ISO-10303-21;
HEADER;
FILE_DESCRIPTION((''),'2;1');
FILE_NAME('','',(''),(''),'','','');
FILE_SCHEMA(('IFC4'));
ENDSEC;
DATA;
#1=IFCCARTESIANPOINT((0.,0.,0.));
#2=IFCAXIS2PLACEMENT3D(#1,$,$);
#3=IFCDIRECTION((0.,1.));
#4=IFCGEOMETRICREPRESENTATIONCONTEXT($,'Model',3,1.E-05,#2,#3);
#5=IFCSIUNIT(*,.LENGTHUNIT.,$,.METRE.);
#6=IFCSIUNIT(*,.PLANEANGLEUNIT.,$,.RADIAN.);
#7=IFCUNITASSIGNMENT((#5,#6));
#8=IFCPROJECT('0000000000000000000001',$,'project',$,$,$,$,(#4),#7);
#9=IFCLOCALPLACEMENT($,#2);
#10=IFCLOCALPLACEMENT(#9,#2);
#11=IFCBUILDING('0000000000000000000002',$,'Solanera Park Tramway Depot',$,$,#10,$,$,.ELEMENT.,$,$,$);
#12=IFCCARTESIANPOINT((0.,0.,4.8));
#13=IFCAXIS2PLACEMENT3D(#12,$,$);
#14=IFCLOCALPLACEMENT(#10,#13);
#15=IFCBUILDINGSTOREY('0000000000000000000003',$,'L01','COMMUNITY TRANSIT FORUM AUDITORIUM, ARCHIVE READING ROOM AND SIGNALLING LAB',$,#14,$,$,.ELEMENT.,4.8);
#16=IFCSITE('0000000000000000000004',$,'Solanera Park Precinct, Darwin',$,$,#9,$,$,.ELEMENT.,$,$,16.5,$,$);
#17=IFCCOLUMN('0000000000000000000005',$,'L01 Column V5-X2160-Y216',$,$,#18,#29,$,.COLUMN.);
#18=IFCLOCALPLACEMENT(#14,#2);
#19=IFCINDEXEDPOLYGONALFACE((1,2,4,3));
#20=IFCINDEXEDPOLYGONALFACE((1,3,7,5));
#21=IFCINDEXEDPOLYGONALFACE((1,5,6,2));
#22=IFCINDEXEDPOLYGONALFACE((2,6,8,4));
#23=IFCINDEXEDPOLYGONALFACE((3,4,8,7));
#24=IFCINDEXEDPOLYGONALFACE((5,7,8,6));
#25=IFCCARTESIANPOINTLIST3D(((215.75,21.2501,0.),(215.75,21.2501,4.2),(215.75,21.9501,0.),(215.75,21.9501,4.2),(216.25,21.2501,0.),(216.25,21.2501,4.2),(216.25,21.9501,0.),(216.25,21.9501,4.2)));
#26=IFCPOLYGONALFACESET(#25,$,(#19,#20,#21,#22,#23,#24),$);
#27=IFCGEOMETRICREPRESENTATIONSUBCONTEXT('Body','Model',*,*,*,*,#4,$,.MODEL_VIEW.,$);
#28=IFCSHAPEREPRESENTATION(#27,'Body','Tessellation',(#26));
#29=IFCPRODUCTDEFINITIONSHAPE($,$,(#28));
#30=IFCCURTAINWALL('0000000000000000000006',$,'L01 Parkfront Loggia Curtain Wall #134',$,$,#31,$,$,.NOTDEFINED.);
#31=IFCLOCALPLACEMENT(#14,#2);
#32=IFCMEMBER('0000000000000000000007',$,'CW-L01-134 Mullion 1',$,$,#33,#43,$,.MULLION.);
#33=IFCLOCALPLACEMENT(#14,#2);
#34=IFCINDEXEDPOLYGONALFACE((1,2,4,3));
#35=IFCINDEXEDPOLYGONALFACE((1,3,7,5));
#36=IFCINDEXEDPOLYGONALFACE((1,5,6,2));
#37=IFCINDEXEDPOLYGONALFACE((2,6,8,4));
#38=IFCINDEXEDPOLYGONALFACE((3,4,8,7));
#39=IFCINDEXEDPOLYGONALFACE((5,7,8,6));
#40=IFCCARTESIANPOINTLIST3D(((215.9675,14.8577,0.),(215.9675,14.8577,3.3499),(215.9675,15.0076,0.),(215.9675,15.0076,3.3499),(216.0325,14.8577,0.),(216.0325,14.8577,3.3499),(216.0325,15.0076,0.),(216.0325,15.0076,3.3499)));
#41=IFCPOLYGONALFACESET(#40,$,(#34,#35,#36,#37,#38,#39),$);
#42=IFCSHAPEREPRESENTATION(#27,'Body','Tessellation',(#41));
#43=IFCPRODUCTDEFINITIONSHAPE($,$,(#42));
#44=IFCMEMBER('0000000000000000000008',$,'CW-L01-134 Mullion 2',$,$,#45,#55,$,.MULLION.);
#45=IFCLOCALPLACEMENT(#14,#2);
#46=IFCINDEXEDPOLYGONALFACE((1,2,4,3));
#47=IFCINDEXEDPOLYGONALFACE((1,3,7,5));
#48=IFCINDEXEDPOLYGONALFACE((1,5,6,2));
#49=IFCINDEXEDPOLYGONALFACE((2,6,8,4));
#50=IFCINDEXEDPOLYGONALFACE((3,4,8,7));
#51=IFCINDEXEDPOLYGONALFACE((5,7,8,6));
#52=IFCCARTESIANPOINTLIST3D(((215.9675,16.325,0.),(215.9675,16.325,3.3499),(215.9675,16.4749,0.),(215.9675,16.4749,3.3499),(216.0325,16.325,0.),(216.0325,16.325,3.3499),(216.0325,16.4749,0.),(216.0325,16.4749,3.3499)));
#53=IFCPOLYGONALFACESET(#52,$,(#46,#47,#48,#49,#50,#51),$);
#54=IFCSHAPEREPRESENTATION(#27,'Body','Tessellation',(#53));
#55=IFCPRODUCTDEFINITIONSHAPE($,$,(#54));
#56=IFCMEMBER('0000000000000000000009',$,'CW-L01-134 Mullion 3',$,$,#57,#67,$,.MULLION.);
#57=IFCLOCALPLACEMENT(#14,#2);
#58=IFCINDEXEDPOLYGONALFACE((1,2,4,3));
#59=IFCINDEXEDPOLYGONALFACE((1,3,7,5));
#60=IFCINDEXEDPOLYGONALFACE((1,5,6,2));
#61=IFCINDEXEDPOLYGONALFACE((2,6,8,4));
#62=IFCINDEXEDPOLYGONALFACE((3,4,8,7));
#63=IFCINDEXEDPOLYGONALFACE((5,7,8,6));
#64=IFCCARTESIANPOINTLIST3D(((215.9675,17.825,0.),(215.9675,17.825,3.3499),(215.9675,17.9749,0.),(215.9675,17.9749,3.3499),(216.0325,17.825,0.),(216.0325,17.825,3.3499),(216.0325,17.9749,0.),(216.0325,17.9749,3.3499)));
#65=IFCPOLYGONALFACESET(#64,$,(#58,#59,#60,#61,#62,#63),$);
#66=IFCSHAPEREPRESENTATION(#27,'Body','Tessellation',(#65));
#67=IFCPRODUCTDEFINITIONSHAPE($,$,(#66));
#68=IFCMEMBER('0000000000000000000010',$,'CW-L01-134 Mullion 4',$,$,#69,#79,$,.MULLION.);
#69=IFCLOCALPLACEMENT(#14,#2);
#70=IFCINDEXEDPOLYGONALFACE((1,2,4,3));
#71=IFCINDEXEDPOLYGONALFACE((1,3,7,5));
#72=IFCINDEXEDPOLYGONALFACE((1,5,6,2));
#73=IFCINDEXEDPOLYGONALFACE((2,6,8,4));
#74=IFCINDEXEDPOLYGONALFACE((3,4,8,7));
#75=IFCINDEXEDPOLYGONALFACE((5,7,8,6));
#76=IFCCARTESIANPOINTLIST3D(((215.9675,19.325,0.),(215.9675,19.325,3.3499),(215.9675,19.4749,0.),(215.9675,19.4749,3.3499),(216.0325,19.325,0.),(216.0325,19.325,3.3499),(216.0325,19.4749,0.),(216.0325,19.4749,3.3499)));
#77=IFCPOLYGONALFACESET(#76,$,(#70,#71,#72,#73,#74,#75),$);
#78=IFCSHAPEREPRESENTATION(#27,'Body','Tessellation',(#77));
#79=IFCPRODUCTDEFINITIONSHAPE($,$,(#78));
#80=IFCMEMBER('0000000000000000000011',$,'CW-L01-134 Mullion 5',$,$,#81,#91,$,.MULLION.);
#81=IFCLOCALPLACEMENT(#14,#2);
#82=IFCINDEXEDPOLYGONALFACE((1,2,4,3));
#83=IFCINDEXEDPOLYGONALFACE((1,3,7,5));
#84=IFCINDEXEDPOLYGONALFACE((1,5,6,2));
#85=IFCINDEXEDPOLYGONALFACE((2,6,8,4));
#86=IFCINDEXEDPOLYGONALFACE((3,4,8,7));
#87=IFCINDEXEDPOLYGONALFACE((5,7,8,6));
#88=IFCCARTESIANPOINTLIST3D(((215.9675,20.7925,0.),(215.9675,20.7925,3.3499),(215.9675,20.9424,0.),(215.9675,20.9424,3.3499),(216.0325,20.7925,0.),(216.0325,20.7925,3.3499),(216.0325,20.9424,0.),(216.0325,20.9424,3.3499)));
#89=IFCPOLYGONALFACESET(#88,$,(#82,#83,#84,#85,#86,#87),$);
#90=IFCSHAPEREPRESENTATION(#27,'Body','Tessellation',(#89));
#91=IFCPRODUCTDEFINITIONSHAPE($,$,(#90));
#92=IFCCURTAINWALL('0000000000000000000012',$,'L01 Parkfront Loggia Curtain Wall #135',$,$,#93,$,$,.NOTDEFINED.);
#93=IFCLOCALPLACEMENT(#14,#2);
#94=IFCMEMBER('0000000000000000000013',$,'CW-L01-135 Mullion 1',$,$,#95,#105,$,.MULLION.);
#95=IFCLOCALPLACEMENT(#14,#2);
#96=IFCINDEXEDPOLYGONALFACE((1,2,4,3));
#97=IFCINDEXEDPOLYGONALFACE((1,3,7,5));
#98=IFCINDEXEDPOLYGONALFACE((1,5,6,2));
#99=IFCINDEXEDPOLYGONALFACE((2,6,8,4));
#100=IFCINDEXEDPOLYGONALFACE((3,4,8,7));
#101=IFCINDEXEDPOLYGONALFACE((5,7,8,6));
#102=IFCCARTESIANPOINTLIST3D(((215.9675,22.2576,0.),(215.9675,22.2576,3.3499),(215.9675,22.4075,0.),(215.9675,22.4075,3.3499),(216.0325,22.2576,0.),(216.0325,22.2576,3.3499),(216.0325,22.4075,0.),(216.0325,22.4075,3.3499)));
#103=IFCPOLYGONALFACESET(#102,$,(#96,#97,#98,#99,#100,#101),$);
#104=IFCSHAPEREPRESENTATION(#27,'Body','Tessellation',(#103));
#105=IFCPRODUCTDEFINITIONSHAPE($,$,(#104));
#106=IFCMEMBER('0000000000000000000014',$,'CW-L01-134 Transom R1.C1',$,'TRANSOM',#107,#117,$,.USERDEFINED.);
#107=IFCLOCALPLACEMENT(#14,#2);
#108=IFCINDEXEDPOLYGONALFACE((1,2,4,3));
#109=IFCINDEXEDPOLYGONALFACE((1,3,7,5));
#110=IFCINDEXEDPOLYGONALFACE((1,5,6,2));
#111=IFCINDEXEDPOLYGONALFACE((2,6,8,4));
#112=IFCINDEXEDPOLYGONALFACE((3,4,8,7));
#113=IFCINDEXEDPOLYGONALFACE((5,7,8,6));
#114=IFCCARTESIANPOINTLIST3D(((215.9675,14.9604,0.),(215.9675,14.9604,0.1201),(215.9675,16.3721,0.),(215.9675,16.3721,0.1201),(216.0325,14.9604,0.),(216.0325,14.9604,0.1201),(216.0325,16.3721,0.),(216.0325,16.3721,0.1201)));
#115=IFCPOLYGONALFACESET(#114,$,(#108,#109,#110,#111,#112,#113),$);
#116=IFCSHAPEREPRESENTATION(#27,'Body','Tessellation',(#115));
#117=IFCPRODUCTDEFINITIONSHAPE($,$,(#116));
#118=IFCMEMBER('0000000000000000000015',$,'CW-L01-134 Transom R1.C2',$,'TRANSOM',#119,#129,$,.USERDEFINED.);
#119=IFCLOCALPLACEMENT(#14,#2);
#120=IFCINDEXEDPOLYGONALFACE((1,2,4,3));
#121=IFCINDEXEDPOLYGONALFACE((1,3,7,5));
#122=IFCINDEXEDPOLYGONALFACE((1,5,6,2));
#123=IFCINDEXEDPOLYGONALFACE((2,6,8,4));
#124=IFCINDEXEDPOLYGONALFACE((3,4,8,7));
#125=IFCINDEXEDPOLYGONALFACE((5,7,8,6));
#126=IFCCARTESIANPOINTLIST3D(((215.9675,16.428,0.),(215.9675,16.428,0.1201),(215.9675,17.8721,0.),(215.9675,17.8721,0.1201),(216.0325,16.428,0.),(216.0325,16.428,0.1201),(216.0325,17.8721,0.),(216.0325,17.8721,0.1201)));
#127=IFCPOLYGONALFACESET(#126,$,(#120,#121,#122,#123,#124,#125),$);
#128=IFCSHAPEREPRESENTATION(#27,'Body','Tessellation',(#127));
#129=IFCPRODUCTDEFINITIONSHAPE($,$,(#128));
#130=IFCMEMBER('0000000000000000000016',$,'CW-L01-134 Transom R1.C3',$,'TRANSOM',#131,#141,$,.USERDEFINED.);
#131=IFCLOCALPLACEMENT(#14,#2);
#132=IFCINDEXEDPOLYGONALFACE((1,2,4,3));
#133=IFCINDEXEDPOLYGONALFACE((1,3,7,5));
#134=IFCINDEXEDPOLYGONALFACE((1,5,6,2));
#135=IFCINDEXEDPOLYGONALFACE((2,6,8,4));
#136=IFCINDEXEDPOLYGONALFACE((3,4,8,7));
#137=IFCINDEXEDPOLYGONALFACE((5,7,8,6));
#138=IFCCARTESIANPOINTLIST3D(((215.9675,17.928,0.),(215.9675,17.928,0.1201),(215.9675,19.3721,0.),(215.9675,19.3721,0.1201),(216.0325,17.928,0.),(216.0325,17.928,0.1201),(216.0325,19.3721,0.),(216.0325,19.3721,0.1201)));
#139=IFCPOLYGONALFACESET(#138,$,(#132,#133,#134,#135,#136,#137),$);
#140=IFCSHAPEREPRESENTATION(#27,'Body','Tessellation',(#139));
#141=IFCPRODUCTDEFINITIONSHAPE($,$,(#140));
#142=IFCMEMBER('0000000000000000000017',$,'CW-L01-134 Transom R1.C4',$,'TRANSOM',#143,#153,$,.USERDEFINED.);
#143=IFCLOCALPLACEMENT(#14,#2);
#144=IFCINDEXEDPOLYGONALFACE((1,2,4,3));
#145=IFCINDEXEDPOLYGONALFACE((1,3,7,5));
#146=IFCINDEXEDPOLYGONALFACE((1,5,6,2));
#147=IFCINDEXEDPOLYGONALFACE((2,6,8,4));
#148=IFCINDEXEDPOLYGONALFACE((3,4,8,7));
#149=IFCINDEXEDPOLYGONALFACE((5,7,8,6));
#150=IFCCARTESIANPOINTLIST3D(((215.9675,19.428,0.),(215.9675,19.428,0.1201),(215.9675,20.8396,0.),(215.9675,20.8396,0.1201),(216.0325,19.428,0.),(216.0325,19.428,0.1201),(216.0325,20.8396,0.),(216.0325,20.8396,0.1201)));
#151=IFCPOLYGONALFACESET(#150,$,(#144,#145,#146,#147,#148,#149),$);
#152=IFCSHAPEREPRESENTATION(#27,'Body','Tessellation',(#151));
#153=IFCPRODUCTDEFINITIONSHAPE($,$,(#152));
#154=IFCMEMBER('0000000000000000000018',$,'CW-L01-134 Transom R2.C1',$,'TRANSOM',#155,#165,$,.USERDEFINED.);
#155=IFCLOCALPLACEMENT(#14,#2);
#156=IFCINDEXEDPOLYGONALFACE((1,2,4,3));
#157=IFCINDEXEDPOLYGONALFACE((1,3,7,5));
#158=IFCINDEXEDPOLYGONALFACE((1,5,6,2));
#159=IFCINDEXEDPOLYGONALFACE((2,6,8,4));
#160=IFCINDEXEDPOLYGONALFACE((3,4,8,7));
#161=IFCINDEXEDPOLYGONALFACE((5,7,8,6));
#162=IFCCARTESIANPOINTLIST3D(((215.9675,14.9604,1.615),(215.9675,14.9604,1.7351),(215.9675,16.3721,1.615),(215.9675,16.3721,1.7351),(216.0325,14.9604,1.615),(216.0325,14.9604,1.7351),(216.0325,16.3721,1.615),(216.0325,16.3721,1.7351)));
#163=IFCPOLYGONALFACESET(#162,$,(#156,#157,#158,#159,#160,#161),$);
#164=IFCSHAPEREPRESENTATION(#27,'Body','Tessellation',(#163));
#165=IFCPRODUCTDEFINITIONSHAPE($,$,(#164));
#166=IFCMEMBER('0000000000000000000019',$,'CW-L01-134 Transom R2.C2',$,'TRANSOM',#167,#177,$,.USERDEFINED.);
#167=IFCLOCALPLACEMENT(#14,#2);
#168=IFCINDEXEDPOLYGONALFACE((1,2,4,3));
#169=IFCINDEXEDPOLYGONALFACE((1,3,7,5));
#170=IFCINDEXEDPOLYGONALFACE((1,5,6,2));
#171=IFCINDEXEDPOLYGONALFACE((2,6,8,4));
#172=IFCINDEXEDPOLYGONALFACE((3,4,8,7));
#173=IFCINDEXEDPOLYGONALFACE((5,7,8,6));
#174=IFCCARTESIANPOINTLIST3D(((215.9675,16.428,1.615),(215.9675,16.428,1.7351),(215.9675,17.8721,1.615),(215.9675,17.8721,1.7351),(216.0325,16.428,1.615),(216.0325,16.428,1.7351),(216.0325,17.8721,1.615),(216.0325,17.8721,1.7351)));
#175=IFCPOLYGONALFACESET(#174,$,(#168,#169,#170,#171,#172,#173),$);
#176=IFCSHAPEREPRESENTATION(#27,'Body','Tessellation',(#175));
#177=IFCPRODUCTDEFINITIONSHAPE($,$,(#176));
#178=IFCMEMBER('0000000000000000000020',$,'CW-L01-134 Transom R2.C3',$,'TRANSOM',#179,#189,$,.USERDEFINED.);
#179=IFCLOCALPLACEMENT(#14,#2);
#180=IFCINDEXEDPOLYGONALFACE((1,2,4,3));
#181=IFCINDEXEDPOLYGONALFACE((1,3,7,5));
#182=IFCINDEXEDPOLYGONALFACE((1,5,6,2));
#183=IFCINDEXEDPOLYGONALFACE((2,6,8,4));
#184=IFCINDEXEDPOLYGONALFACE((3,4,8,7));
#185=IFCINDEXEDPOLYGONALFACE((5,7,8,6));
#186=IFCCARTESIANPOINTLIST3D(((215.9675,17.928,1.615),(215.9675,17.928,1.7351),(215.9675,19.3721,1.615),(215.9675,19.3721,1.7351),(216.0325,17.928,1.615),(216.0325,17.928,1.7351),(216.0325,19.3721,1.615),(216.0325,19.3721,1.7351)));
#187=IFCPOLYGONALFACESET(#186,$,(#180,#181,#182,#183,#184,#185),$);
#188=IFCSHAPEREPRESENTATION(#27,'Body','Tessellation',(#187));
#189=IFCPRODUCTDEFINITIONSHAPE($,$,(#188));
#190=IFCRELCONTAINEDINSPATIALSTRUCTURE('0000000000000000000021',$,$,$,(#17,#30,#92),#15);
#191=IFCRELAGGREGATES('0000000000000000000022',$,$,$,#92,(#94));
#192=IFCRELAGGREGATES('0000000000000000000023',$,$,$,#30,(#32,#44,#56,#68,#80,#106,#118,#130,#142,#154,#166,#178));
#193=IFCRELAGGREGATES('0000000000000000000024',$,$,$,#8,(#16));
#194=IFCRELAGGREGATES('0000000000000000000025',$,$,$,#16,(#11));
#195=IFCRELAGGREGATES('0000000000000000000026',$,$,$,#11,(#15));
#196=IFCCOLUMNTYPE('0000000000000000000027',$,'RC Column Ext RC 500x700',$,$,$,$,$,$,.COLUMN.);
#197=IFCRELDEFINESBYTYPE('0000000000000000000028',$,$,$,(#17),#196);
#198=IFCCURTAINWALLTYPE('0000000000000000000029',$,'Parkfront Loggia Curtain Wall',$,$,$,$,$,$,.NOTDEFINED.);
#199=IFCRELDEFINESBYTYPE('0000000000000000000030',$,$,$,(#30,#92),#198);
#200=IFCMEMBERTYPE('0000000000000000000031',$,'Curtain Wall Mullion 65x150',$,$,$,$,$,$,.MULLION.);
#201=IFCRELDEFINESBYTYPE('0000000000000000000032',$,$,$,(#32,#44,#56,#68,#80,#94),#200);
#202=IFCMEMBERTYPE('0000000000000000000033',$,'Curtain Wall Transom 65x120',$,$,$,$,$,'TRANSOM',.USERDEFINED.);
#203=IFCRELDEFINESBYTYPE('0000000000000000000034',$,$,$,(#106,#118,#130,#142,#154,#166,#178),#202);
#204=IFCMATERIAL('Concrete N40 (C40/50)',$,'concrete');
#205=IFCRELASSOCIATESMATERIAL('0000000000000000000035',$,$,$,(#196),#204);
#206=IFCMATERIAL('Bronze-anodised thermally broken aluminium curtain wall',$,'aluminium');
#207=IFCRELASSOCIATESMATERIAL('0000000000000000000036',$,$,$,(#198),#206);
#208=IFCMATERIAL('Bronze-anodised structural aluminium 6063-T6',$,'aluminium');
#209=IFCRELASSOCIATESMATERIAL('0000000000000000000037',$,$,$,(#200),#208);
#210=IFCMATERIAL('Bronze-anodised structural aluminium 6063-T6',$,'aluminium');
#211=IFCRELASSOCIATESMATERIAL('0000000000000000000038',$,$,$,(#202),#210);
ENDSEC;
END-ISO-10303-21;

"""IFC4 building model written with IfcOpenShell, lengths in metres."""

from ifc_helpers import new_model, si_unit, direction, frame, origin, origin_2d, place, context, subcontext, project, spatial, rectangle, extrude, material, material_profile, profile_set, type_object, element, aggregate, save


model = new_model("IFC4")

# Units and contexts
model_context = context("Model", 3, precision=1e-05, world=origin(), true_north=direction((0.0, 1.0)))
body_context = subcontext(model_context, "Body", "Model", "MODEL_VIEW")
ifc_project = project(units=[si_unit("LENGTHUNIT", "METRE"), si_unit("PLANEANGLEUNIT", "RADIAN")], contexts=[model_context])

# Site, building, storey
site_placement = place(None, origin())
site = spatial("IfcSite", under=ifc_project, at=site_placement, Name="Solanera Park Precinct, Darwin", CompositionType="ELEMENT", RefElevation=16.5)
building_placement = place(site_placement, origin())
building = spatial("IfcBuilding", under=site, at=building_placement, Name="Solanera Park Tramway Depot", CompositionType="ELEMENT")
storey_placement = place(building_placement, frame((0.0, 0.0, 4.8)))
storey = spatial("IfcBuildingStorey", under=building, at=storey_placement, Name="L01", Description="COMMUNITY TRANSIT FORUM AUDITORIUM, ARCHIVE READING ROOM AND SIGNALLING LAB", CompositionType="ELEMENT", Elevation=4.8)

# Column
ifc_material_1 = material(Name="Concrete N40 (C40/50)", Category="concrete")
ifc_material_profile_1 = material_profile(ifc_material_1, rectangle(XDim=0.5, YDim=0.7, at=origin_2d()), Name="RC 500x700")
ifc_profile_set_1 = profile_set([ifc_material_profile_1], Name="Concrete N40 (C40/50)")
column_type = type_object("IfcColumnType", Name="RC Column Ext RC 500x700", PredefinedType="COLUMN", material=ifc_profile_set_1)
column_placement = place(storey_placement, frame((216.0, 21.6001, 0.0), z_axis=(0.0, 0.0, 1.0), x_axis=(1.0, 0.0, 0.0)))
element("IfcColumn", 1, at=column_placement, inside=storey, type_object=column_type, Name="L01 Column V5-X2160-Y216", PredefinedType="COLUMN", context=body_context, shape_type="SweptSolid", body=[
    extrude(rectangle(XDim=0.5, YDim=0.7, at=origin_2d()), origin(), (0.0, 0.0, 1.0), 4.2),
])

# Curtain wall, members
ifc_material_2 = material(Name="Bronze-anodised thermally broken aluminium curtain wall", Category="aluminium")
curtain_wall_type = type_object("IfcCurtainWallType", Name="Parkfront Loggia Curtain Wall", PredefinedType="NOTDEFINED", material=ifc_material_2)
curtain_wall_1_placement = place(storey_placement, origin())
curtain_wall_1 = element("IfcCurtainWall", 2, at=curtain_wall_1_placement, inside=storey, type_object=curtain_wall_type, Name="L01 Parkfront Loggia Curtain Wall #134", PredefinedType="NOTDEFINED")
ifc_material_3 = material(Name="Bronze-anodised structural aluminium 6063-T6", Category="aluminium")
ifc_material_profile_2 = material_profile(ifc_material_3, rectangle(XDim=0.0649, YDim=0.1499, at=origin_2d()), Name="Curtain Wall Mullion 65x150")
ifc_profile_set_2 = profile_set([ifc_material_profile_2], Name="Bronze-anodised structural aluminium 6063-T6")
member_type_1 = type_object("IfcMemberType", Name="Curtain Wall Mullion 65x150", PredefinedType="MULLION", material=ifc_profile_set_2)
member_1_placement = place(storey_placement, frame((216.0, 14.9326, 0.0), z_axis=(0.0, 0.0, 1.0), x_axis=(1.0, 0.0, 0.0)))
member_1 = element("IfcMember", 3, at=member_1_placement, type_object=member_type_1, Name="CW-L01-134 Mullion 1", PredefinedType="MULLION", context=body_context, shape_type="SweptSolid", body=[
    extrude(rectangle(XDim=0.0649, YDim=0.1499, at=origin_2d()), origin(), (0.0, 0.0, 1.0), 3.3499),
])
member_2_placement = place(storey_placement, frame((216.0, 16.3999, 0.0), z_axis=(0.0, 0.0, 1.0), x_axis=(1.0, 0.0, 0.0)))
member_2 = element("IfcMember", 4, at=member_2_placement, type_object=member_type_1, Name="CW-L01-134 Mullion 2", PredefinedType="MULLION", context=body_context, shape_type="SweptSolid", body=[
    extrude(rectangle(XDim=0.0649, YDim=0.1499, at=origin_2d()), origin(), (0.0, 0.0, 1.0), 3.3499),
])
member_3_placement = place(storey_placement, frame((216.0, 17.8999, 0.0), z_axis=(0.0, 0.0, 1.0), x_axis=(1.0, 0.0, 0.0)))
member_3 = element("IfcMember", 5, at=member_3_placement, type_object=member_type_1, Name="CW-L01-134 Mullion 3", PredefinedType="MULLION", context=body_context, shape_type="SweptSolid", body=[
    extrude(rectangle(XDim=0.0649, YDim=0.1499, at=origin_2d()), origin(), (0.0, 0.0, 1.0), 3.3499),
])
member_4_placement = place(storey_placement, frame((216.0, 19.3999, 0.0), z_axis=(0.0, 0.0, 1.0), x_axis=(1.0, 0.0, 0.0)))
member_4 = element("IfcMember", 6, at=member_4_placement, type_object=member_type_1, Name="CW-L01-134 Mullion 4", PredefinedType="MULLION", context=body_context, shape_type="SweptSolid", body=[
    extrude(rectangle(XDim=0.0649, YDim=0.1499, at=origin_2d()), origin(), (0.0, 0.0, 1.0), 3.3499),
])
member_5_placement = place(storey_placement, frame((216.0, 20.8674, 0.0), z_axis=(0.0, 0.0, 1.0), x_axis=(1.0, 0.0, 0.0)))
member_5 = element("IfcMember", 7, at=member_5_placement, type_object=member_type_1, Name="CW-L01-134 Mullion 5", PredefinedType="MULLION", context=body_context, shape_type="SweptSolid", body=[
    extrude(rectangle(XDim=0.0649, YDim=0.1499, at=origin_2d()), origin(), (0.0, 0.0, 1.0), 3.3499),
])

# Curtain wall, member
curtain_wall_2_placement = place(storey_placement, origin())
curtain_wall_2 = element("IfcCurtainWall", 8, at=curtain_wall_2_placement, inside=storey, type_object=curtain_wall_type, Name="L01 Parkfront Loggia Curtain Wall #135", PredefinedType="NOTDEFINED")
member_6_placement = place(storey_placement, frame((216.0, 22.3325, 0.0), z_axis=(0.0, 0.0, 1.0), x_axis=(1.0, 0.0, 0.0)))
member_6 = element("IfcMember", 9, at=member_6_placement, type_object=member_type_1, Name="CW-L01-135 Mullion 1", PredefinedType="MULLION", context=body_context, shape_type="SweptSolid", body=[
    extrude(rectangle(XDim=0.0649, YDim=0.1499, at=origin_2d()), origin(), (0.0, 0.0, 1.0), 3.3499),
])
aggregate(curtain_wall_2, [member_6])

# Members
ifc_material_4 = material(Name="Bronze-anodised structural aluminium 6063-T6", Category="aluminium")
ifc_material_profile_3 = material_profile(ifc_material_4, rectangle(XDim=0.0649, YDim=0.1201, at=origin_2d()), Name="Curtain Wall Transom 65x120")
ifc_profile_set_3 = profile_set([ifc_material_profile_3], Name="Bronze-anodised structural aluminium 6063-T6")
member_type_2 = type_object("IfcMemberType", Name="Curtain Wall Transom 65x120", ElementType="TRANSOM", PredefinedType="USERDEFINED", material=ifc_profile_set_3)
member_7_placement = place(storey_placement, frame((216.0, 14.9604, 0.0601), z_axis=(0.0, 1.0, 0.0), x_axis=(-1.0, 0.0, 0.0)))
member_7 = element("IfcMember", 10, at=member_7_placement, type_object=member_type_2, Name="CW-L01-134 Transom R1.C1", ObjectType="TRANSOM", PredefinedType="USERDEFINED", context=body_context, shape_type="SweptSolid", body=[
    extrude(rectangle(XDim=0.0649, YDim=0.1201, at=origin_2d()), origin(), (0.0, 0.0, 1.0), 1.4116),
])
member_8_placement = place(storey_placement, frame((216.0, 16.428, 0.0601), z_axis=(0.0, 1.0, 0.0), x_axis=(-1.0, 0.0, 0.0)))
member_8 = element("IfcMember", 11, at=member_8_placement, type_object=member_type_2, Name="CW-L01-134 Transom R1.C2", ObjectType="TRANSOM", PredefinedType="USERDEFINED", context=body_context, shape_type="SweptSolid", body=[
    extrude(rectangle(XDim=0.0649, YDim=0.1201, at=origin_2d()), origin(), (0.0, 0.0, 1.0), 1.4441),
])
member_9_placement = place(storey_placement, frame((216.0, 17.928, 0.0601), z_axis=(0.0, 1.0, 0.0), x_axis=(-1.0, 0.0, 0.0)))
member_9 = element("IfcMember", 12, at=member_9_placement, type_object=member_type_2, Name="CW-L01-134 Transom R1.C3", ObjectType="TRANSOM", PredefinedType="USERDEFINED", context=body_context, shape_type="SweptSolid", body=[
    extrude(rectangle(XDim=0.0649, YDim=0.1201, at=origin_2d()), origin(), (0.0, 0.0, 1.0), 1.4441),
])
member_10_placement = place(storey_placement, frame((216.0, 19.428, 0.0601), z_axis=(0.0, 1.0, 0.0), x_axis=(-1.0, 0.0, 0.0)))
member_10 = element("IfcMember", 13, at=member_10_placement, type_object=member_type_2, Name="CW-L01-134 Transom R1.C4", ObjectType="TRANSOM", PredefinedType="USERDEFINED", context=body_context, shape_type="SweptSolid", body=[
    extrude(rectangle(XDim=0.0649, YDim=0.1201, at=origin_2d()), origin(), (0.0, 0.0, 1.0), 1.4116),
])
member_11_placement = place(storey_placement, frame((216.0, 14.9604, 1.675), z_axis=(0.0, 1.0, 0.0), x_axis=(-1.0, 0.0, 0.0)))
member_11 = element("IfcMember", 14, at=member_11_placement, type_object=member_type_2, Name="CW-L01-134 Transom R2.C1", ObjectType="TRANSOM", PredefinedType="USERDEFINED", context=body_context, shape_type="SweptSolid", body=[
    extrude(rectangle(XDim=0.0649, YDim=0.1201, at=origin_2d()), origin(), (0.0, 0.0, 1.0), 1.4116),
])
member_12_placement = place(storey_placement, frame((216.0, 16.428, 1.675), z_axis=(0.0, 1.0, 0.0), x_axis=(-1.0, 0.0, 0.0)))
member_12 = element("IfcMember", 15, at=member_12_placement, type_object=member_type_2, Name="CW-L01-134 Transom R2.C2", ObjectType="TRANSOM", PredefinedType="USERDEFINED", context=body_context, shape_type="SweptSolid", body=[
    extrude(rectangle(XDim=0.0649, YDim=0.1201, at=origin_2d()), origin(), (0.0, 0.0, 1.0), 1.4441),
])
member_13_placement = place(storey_placement, frame((216.0, 17.928, 1.675), z_axis=(0.0, 1.0, 0.0), x_axis=(-1.0, 0.0, 0.0)))
member_13 = element("IfcMember", 16, at=member_13_placement, type_object=member_type_2, Name="CW-L01-134 Transom R2.C3", ObjectType="TRANSOM", PredefinedType="USERDEFINED", context=body_context, shape_type="SweptSolid", body=[
    extrude(rectangle(XDim=0.0649, YDim=0.1201, at=origin_2d()), origin(), (0.0, 0.0, 1.0), 1.4441),
])

aggregate(curtain_wall_1, [member_1, member_2, member_3, member_4, member_5, member_7, member_8, member_9, member_10, member_11, member_12, member_13])

save(model, "model.ifc")
